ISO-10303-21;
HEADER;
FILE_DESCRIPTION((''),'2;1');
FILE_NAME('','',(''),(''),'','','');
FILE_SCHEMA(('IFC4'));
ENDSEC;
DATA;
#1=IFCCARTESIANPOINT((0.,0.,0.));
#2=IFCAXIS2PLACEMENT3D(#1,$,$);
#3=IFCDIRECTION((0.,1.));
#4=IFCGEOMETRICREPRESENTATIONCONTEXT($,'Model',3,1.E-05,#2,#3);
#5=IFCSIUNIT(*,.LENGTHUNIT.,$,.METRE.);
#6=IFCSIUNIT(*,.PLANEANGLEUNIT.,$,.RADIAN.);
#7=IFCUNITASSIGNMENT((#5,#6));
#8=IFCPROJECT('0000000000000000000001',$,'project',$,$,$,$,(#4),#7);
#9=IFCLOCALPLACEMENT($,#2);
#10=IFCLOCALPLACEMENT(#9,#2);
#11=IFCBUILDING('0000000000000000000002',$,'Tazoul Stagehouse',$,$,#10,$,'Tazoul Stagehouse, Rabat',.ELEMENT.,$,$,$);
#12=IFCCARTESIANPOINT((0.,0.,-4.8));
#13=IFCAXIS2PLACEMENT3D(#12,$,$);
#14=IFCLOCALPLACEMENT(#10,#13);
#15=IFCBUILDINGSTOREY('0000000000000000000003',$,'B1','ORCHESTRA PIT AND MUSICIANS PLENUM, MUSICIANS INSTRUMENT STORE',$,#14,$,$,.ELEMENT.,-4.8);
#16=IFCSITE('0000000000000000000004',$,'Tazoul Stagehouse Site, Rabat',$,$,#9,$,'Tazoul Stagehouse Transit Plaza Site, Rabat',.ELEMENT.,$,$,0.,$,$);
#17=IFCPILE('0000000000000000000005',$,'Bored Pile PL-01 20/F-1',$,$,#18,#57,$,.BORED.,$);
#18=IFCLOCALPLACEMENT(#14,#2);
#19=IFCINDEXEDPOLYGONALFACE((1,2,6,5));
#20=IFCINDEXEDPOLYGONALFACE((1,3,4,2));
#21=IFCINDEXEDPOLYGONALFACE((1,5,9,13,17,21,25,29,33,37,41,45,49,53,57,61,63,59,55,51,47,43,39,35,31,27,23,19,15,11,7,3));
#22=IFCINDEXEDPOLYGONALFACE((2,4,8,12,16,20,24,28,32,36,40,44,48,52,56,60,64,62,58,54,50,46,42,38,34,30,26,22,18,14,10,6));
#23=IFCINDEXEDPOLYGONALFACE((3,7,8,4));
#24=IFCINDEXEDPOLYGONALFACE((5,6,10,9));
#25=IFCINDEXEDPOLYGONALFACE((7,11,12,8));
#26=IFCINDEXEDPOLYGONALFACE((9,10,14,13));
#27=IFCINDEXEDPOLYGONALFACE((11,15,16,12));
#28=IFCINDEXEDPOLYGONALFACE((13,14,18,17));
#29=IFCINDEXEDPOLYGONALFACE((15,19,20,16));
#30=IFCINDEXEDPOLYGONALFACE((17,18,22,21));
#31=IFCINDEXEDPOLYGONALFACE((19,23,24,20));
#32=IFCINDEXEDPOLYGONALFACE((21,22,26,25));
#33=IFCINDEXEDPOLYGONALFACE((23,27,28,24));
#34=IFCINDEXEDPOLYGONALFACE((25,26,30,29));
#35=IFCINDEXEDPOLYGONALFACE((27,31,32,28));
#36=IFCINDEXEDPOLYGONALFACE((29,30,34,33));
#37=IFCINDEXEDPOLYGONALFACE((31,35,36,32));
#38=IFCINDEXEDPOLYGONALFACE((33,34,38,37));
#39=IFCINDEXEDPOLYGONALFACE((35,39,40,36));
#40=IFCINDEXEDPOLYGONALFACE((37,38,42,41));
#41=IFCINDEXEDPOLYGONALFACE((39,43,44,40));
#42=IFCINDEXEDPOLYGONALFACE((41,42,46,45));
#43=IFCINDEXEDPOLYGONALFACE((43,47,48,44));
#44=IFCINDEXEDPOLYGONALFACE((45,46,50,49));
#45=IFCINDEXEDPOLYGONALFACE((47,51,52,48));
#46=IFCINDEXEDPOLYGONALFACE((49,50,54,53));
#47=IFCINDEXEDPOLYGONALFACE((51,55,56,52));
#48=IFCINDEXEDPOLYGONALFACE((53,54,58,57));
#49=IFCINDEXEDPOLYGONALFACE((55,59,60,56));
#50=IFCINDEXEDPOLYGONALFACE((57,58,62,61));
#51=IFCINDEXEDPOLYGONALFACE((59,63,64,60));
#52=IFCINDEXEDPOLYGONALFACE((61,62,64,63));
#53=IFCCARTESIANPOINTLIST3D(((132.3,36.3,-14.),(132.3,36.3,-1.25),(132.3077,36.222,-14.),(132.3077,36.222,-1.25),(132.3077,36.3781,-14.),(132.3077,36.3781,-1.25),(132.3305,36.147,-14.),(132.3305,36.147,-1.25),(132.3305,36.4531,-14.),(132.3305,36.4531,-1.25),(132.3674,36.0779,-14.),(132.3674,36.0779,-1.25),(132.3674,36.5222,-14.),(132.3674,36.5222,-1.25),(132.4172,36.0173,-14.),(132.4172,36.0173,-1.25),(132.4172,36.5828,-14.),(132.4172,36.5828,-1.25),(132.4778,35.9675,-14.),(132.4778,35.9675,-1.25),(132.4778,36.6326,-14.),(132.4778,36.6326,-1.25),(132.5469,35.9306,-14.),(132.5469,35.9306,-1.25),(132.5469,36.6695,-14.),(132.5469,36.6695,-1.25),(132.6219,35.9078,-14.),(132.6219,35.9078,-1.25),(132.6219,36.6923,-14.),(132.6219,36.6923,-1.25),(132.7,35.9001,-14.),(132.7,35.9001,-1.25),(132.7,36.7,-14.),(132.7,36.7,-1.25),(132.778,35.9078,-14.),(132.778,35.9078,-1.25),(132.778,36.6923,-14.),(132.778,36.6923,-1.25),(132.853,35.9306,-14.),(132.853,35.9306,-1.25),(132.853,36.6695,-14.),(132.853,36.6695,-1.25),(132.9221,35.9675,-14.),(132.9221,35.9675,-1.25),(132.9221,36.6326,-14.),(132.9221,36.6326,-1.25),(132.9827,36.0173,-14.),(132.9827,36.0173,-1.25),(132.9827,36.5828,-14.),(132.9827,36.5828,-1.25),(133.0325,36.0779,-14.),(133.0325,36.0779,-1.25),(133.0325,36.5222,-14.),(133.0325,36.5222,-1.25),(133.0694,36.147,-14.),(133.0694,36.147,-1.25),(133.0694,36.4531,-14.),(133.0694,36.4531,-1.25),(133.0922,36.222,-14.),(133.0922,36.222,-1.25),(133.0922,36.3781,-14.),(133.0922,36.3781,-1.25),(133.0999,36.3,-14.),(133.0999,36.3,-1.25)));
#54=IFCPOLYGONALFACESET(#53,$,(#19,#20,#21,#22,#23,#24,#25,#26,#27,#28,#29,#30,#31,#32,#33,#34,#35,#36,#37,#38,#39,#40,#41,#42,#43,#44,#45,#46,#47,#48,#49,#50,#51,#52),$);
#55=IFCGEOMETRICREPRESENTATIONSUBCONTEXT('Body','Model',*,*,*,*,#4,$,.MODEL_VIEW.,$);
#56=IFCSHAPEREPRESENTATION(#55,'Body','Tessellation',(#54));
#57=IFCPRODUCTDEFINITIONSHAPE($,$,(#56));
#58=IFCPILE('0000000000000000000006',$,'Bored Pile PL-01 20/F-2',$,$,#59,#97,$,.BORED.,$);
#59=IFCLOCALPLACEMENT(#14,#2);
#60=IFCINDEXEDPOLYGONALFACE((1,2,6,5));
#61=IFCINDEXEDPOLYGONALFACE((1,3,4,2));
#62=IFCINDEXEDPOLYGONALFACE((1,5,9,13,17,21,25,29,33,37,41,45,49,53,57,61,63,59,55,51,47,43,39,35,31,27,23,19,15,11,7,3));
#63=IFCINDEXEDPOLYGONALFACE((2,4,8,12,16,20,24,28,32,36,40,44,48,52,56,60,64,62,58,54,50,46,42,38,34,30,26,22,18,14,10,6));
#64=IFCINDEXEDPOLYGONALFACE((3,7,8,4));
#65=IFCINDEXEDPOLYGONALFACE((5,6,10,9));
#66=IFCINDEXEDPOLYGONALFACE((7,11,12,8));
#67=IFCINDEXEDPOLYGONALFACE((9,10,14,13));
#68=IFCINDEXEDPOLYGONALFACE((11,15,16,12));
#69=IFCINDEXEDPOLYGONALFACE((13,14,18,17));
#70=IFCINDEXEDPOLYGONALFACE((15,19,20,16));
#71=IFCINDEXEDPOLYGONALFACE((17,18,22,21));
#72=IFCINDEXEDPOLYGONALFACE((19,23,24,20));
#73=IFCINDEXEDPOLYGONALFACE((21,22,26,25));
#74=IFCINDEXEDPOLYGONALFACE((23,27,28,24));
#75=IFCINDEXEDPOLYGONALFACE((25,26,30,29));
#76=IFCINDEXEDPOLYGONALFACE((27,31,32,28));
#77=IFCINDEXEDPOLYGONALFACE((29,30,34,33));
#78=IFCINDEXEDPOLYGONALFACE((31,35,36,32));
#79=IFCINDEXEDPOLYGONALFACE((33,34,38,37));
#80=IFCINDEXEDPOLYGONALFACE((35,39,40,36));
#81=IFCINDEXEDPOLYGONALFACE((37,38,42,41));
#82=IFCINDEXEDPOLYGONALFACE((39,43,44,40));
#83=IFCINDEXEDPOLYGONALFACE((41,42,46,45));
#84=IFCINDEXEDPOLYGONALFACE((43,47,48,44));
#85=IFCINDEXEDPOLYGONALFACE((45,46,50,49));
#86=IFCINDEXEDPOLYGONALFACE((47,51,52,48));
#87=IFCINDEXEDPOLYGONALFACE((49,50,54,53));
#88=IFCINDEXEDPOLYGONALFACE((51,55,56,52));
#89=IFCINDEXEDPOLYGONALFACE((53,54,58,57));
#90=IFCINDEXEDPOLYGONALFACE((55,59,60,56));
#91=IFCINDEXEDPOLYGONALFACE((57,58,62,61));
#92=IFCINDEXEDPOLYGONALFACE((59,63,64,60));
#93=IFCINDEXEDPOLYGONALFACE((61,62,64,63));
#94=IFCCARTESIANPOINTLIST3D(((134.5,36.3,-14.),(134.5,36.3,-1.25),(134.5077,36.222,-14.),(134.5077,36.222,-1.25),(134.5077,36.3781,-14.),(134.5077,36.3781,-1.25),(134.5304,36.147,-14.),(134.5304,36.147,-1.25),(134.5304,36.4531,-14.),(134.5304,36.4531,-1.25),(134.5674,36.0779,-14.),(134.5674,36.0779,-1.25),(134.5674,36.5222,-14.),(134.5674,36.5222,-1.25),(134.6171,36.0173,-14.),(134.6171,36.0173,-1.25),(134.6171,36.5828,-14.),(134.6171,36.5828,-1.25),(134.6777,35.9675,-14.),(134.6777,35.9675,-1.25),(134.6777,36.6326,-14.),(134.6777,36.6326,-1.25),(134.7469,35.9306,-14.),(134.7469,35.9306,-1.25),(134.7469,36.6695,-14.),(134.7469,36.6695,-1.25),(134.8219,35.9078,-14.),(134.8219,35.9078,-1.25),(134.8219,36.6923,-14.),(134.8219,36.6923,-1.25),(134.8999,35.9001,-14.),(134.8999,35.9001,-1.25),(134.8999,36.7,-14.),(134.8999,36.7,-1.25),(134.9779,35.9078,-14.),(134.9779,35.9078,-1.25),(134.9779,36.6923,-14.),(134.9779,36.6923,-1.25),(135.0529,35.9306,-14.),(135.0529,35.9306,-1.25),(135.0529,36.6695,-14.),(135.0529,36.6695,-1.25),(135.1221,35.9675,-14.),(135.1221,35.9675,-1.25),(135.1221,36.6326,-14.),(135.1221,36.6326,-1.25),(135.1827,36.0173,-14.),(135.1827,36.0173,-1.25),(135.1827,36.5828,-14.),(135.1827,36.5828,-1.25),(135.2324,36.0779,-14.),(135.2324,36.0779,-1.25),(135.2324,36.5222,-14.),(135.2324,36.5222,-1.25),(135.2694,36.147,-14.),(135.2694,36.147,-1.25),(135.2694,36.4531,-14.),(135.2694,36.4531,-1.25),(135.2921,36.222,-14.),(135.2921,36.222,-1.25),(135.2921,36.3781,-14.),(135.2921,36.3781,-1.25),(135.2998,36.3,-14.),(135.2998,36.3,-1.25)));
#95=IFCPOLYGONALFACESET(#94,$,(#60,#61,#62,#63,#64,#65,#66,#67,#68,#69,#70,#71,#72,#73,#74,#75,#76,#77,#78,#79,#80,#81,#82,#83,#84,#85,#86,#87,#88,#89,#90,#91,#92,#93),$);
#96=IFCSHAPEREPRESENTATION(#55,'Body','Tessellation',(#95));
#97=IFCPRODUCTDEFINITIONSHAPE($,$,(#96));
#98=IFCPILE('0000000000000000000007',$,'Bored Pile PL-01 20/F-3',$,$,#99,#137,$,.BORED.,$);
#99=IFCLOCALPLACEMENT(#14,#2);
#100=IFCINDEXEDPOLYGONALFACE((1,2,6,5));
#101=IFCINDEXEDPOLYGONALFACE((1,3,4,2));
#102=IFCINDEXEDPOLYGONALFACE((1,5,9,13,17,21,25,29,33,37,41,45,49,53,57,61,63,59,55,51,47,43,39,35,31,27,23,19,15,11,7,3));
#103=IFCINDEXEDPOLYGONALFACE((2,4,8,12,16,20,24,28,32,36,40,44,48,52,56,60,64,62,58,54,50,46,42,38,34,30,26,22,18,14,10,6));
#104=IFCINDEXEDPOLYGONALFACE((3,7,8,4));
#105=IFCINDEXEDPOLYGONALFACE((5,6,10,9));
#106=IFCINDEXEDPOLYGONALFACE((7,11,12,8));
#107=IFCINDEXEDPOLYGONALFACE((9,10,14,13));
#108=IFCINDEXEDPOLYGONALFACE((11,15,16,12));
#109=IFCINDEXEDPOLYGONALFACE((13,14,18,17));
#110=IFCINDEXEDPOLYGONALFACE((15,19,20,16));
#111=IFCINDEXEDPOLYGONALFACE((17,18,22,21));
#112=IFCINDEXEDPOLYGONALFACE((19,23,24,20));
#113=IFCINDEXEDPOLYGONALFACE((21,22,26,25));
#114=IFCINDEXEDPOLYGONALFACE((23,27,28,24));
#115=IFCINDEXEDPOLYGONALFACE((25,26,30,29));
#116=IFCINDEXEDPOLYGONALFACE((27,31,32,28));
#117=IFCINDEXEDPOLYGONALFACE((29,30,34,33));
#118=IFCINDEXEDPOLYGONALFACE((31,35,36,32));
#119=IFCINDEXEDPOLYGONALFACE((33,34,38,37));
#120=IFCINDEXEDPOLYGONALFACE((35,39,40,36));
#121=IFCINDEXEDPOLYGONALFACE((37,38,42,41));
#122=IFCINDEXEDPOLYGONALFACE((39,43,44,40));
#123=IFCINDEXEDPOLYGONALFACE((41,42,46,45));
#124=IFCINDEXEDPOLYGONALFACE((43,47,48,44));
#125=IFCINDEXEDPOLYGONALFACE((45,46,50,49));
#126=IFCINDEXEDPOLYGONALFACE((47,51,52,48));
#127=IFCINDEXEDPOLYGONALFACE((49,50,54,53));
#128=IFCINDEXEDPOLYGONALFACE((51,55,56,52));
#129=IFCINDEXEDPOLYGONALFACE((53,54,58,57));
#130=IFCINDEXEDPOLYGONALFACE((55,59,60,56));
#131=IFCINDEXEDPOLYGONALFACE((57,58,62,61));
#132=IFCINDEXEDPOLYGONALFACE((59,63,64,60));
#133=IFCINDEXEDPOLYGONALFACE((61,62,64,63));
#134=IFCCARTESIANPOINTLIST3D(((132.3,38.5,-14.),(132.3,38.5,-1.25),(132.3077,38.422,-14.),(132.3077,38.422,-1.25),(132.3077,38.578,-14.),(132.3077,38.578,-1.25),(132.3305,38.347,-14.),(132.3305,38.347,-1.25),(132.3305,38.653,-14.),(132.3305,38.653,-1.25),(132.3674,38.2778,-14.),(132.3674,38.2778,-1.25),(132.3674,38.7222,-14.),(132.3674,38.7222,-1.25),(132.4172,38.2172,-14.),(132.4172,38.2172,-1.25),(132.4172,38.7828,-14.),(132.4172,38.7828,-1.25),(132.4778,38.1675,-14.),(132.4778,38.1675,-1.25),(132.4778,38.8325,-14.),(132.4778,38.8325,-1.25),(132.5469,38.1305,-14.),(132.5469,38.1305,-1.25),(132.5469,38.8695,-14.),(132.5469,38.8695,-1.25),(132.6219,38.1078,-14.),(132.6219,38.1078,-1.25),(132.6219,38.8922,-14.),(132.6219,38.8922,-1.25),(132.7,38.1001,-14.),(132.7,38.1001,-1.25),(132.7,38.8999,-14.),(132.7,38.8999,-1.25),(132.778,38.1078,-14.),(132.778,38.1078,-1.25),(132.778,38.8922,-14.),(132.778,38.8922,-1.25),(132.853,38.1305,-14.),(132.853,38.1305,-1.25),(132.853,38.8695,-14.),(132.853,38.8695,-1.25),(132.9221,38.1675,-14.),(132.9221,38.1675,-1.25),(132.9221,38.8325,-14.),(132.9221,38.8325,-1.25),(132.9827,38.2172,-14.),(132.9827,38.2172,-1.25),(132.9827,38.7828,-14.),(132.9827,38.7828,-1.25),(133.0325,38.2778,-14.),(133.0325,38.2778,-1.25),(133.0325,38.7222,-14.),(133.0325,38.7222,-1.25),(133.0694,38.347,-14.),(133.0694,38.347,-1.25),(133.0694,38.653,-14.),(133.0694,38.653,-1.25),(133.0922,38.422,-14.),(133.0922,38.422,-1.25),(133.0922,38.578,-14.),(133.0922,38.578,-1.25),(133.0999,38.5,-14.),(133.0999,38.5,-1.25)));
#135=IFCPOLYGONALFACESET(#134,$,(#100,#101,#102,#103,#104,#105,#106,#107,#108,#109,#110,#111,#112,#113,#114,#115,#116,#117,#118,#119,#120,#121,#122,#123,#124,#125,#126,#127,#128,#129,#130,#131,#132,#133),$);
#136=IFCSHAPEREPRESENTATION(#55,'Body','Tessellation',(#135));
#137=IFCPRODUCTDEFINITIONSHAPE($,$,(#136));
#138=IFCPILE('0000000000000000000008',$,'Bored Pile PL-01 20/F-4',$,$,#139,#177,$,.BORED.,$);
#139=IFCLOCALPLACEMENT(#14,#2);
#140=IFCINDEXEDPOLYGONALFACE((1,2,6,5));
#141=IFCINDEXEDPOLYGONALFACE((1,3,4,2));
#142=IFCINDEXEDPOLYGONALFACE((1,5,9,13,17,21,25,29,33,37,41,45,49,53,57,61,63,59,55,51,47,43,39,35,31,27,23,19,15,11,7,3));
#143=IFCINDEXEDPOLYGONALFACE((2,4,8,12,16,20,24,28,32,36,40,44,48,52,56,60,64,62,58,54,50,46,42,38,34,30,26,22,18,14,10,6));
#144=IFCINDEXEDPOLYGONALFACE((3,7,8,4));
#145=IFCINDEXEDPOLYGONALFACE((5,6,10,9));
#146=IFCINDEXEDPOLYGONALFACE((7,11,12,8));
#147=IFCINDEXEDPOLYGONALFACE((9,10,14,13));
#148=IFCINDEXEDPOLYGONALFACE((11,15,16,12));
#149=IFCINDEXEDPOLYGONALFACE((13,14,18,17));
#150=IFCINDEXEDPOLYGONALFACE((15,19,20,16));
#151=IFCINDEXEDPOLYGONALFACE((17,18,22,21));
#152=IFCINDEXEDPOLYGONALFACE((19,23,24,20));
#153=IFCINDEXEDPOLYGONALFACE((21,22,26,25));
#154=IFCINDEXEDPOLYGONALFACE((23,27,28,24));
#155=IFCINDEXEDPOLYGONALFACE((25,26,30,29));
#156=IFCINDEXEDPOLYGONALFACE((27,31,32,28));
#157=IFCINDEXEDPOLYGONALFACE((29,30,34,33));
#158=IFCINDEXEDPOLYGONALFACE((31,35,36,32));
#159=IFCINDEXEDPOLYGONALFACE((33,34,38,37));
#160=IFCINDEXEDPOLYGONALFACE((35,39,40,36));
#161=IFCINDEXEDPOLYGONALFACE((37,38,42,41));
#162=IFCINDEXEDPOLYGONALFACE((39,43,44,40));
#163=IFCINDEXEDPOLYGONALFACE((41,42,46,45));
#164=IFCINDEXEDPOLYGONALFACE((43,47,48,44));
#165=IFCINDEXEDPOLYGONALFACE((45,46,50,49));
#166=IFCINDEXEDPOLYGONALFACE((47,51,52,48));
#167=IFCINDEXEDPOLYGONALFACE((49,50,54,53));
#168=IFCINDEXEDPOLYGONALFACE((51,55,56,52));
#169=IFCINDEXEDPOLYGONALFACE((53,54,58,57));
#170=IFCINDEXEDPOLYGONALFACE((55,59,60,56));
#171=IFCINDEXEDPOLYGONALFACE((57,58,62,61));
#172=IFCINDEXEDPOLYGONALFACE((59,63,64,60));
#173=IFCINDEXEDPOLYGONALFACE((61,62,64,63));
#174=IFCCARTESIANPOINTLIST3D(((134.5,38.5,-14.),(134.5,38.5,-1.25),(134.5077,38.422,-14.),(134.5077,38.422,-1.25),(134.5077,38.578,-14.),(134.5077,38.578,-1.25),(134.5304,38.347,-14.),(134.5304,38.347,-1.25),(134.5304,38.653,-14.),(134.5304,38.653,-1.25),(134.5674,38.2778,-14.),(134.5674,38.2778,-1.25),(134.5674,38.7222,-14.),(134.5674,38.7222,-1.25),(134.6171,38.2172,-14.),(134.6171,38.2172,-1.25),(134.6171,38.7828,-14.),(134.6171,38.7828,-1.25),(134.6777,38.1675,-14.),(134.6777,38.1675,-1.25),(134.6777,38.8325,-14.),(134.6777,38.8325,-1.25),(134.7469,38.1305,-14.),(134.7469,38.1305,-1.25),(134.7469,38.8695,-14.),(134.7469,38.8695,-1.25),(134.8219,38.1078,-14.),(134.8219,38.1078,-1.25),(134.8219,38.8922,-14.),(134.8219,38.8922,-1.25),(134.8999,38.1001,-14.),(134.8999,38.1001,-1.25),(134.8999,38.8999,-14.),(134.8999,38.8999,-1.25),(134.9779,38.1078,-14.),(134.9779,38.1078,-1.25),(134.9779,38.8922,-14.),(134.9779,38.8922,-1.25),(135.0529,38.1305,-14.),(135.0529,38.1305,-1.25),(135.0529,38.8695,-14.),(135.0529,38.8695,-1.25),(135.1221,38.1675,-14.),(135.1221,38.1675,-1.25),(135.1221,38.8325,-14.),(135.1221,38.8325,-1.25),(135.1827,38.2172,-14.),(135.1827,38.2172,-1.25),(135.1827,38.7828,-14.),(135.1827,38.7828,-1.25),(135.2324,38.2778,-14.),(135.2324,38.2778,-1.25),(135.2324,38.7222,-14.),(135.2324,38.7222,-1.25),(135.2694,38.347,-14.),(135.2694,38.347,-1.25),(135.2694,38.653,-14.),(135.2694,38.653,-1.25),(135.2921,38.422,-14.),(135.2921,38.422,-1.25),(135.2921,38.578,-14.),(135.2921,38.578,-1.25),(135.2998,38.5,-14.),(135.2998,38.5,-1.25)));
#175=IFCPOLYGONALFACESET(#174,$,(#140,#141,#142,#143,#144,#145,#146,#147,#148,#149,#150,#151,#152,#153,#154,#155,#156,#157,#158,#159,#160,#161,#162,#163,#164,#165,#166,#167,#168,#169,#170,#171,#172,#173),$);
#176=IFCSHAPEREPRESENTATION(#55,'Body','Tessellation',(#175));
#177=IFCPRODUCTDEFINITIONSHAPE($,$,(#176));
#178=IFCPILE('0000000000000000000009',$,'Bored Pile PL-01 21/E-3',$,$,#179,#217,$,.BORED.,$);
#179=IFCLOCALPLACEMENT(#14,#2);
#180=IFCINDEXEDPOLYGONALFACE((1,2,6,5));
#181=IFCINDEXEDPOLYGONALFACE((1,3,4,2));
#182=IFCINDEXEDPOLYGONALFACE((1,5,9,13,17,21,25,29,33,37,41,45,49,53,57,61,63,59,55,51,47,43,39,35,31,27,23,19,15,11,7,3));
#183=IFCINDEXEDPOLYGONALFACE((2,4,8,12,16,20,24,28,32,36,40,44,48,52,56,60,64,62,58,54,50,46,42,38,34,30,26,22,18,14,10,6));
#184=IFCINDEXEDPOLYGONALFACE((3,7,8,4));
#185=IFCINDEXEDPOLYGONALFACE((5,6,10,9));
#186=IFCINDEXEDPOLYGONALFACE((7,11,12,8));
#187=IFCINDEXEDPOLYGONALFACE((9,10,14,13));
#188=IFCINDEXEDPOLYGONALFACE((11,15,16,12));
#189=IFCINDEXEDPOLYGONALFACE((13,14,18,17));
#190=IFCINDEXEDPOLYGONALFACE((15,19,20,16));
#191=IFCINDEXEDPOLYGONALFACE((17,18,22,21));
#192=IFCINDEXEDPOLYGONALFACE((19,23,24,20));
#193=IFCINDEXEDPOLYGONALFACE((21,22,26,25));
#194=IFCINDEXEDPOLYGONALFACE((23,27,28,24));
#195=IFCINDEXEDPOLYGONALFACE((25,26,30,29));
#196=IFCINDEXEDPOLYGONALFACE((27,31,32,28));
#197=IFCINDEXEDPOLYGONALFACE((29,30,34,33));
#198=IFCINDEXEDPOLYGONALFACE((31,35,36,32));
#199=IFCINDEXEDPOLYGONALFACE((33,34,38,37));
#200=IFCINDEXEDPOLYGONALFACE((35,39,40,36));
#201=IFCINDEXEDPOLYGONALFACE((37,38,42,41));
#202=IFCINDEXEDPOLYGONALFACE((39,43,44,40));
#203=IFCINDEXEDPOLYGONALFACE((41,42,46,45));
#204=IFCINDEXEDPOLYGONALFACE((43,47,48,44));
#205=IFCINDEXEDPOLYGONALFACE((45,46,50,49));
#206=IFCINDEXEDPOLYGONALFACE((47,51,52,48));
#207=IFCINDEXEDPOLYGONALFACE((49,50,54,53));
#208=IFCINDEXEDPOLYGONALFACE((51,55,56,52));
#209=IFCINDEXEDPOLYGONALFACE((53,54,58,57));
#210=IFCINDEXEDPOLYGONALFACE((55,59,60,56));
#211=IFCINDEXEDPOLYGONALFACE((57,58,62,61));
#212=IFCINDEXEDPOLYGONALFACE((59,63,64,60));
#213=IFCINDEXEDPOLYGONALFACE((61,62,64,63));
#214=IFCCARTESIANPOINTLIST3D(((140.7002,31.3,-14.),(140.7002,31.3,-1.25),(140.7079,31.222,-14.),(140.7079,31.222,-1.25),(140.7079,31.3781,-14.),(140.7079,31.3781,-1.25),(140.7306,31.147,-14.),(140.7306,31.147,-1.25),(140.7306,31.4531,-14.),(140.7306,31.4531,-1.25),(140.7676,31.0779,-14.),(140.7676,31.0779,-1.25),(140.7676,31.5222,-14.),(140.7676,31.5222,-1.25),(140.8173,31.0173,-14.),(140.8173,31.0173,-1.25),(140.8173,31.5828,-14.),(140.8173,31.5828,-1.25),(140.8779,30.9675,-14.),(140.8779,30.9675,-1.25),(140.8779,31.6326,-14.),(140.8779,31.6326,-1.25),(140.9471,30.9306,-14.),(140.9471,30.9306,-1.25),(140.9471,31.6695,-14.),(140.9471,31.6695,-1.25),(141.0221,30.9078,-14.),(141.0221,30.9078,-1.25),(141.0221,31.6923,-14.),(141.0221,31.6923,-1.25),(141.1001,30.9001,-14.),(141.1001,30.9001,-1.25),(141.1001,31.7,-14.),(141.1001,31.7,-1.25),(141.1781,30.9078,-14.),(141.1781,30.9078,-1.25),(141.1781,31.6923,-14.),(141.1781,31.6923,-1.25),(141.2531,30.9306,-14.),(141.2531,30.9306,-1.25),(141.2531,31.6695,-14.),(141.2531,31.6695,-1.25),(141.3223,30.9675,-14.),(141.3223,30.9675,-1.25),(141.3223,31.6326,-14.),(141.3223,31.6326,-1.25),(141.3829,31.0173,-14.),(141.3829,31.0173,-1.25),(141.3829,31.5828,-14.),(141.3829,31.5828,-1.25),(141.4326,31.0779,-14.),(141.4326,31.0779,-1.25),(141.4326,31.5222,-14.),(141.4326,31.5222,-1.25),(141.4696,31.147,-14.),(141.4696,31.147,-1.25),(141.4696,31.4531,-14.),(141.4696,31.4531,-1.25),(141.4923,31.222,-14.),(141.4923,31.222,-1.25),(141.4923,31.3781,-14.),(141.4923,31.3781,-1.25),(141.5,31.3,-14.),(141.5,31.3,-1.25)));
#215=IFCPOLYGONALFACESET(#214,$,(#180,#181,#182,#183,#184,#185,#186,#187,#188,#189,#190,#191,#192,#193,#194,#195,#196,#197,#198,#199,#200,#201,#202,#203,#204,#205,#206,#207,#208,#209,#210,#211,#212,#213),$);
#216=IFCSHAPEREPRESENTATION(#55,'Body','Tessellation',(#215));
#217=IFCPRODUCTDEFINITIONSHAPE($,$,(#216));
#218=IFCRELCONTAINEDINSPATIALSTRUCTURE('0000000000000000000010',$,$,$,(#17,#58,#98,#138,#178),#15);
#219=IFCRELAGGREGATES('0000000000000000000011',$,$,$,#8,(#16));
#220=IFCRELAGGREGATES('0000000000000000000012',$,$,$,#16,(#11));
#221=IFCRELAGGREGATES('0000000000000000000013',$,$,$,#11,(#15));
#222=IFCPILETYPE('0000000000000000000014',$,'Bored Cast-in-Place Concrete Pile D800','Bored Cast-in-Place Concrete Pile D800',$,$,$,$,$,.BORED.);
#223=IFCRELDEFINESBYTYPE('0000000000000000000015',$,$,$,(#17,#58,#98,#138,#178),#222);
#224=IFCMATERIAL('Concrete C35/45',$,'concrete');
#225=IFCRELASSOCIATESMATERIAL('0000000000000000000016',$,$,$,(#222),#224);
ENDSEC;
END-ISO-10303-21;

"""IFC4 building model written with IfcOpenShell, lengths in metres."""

from ifc_helpers import new_model, si_unit, direction, frame, origin, origin_2d, place, context, subcontext, project, spatial, circle, extrude, material, material_profile, profile_set, type_object, element, save


model = new_model("IFC4")

# Units and contexts
model_context = context("Model", 3, precision=1e-05, world=origin(), true_north=direction((0.0, 1.0)))
body_context = subcontext(model_context, "Body", "Model", "MODEL_VIEW")
ifc_project = project(units=[si_unit("LENGTHUNIT", "METRE"), si_unit("PLANEANGLEUNIT", "RADIAN")], contexts=[model_context])

# Site, building, storey
site_placement = place(None, origin())
site = spatial("IfcSite", under=ifc_project, at=site_placement, Name="Tazoul Stagehouse Site, Rabat", LongName="Tazoul Stagehouse Transit Plaza Site, Rabat", CompositionType="ELEMENT", RefElevation=0.0)
building_placement = place(site_placement, origin())
building = spatial("IfcBuilding", under=site, at=building_placement, Name="Tazoul Stagehouse", LongName="Tazoul Stagehouse, Rabat", CompositionType="ELEMENT")
storey_placement = place(building_placement, frame((0.0, 0.0, -4.8)))
storey = spatial("IfcBuildingStorey", under=building, at=storey_placement, Name="B1", Description="ORCHESTRA PIT AND MUSICIANS PLENUM, MUSICIANS INSTRUMENT STORE", CompositionType="ELEMENT", Elevation=-4.8)

# Piles
ifc_material_1 = material(Name="Concrete C35/45", Category="concrete")
ifc_material_profile_1 = material_profile(ifc_material_1, circle(Radius=0.3999, at=origin_2d()), Name="BORED PILE 800")
ifc_profile_set_1 = profile_set([ifc_material_profile_1], Name="Concrete C35/45")
pile_type = type_object("IfcPileType", Name="Bored Cast-in-Place Concrete Pile D800", Description="Bored Cast-in-Place Concrete Pile D800", PredefinedType="BORED", material=ifc_profile_set_1)
for number, where, z_axis, x_axis, name in (
    (1, (132.7, 36.3, -1.25), (0.0, 0.0, -1.0), (1.0, 0.0, 0.0), "Bored Pile PL-01 20/F-1"),
    (2, (134.8999, 36.3, -1.25), (0.0, 0.0, -1.0), (1.0, 0.0, 0.0), "Bored Pile PL-01 20/F-2"),
    (3, (132.7, 38.5, -1.25), (0.0, 0.0, -1.0), (1.0, 0.0, 0.0), "Bored Pile PL-01 20/F-3"),
    (4, (134.8999, 38.5, -1.25), (0.0, 0.0, -1.0), (1.0, 0.0, 0.0), "Bored Pile PL-01 20/F-4"),
    (5, (141.1001, 31.3, -1.25), (0.0, 0.0, -1.0), (1.0, 0.0, 0.0), "Bored Pile PL-01 21/E-3"),
):
    element("IfcPile", number, at=place(storey_placement, frame(where, z_axis=z_axis, x_axis=x_axis)), inside=storey, type_object=pile_type, Name=name, PredefinedType="BORED", context=body_context, shape_type="SweptSolid", body=[
        extrude(circle(Radius=0.3999, at=origin_2d()), origin(), (0.0, 0.0, 1.0), 12.75),
    ])

save(model, "model.ifc")
